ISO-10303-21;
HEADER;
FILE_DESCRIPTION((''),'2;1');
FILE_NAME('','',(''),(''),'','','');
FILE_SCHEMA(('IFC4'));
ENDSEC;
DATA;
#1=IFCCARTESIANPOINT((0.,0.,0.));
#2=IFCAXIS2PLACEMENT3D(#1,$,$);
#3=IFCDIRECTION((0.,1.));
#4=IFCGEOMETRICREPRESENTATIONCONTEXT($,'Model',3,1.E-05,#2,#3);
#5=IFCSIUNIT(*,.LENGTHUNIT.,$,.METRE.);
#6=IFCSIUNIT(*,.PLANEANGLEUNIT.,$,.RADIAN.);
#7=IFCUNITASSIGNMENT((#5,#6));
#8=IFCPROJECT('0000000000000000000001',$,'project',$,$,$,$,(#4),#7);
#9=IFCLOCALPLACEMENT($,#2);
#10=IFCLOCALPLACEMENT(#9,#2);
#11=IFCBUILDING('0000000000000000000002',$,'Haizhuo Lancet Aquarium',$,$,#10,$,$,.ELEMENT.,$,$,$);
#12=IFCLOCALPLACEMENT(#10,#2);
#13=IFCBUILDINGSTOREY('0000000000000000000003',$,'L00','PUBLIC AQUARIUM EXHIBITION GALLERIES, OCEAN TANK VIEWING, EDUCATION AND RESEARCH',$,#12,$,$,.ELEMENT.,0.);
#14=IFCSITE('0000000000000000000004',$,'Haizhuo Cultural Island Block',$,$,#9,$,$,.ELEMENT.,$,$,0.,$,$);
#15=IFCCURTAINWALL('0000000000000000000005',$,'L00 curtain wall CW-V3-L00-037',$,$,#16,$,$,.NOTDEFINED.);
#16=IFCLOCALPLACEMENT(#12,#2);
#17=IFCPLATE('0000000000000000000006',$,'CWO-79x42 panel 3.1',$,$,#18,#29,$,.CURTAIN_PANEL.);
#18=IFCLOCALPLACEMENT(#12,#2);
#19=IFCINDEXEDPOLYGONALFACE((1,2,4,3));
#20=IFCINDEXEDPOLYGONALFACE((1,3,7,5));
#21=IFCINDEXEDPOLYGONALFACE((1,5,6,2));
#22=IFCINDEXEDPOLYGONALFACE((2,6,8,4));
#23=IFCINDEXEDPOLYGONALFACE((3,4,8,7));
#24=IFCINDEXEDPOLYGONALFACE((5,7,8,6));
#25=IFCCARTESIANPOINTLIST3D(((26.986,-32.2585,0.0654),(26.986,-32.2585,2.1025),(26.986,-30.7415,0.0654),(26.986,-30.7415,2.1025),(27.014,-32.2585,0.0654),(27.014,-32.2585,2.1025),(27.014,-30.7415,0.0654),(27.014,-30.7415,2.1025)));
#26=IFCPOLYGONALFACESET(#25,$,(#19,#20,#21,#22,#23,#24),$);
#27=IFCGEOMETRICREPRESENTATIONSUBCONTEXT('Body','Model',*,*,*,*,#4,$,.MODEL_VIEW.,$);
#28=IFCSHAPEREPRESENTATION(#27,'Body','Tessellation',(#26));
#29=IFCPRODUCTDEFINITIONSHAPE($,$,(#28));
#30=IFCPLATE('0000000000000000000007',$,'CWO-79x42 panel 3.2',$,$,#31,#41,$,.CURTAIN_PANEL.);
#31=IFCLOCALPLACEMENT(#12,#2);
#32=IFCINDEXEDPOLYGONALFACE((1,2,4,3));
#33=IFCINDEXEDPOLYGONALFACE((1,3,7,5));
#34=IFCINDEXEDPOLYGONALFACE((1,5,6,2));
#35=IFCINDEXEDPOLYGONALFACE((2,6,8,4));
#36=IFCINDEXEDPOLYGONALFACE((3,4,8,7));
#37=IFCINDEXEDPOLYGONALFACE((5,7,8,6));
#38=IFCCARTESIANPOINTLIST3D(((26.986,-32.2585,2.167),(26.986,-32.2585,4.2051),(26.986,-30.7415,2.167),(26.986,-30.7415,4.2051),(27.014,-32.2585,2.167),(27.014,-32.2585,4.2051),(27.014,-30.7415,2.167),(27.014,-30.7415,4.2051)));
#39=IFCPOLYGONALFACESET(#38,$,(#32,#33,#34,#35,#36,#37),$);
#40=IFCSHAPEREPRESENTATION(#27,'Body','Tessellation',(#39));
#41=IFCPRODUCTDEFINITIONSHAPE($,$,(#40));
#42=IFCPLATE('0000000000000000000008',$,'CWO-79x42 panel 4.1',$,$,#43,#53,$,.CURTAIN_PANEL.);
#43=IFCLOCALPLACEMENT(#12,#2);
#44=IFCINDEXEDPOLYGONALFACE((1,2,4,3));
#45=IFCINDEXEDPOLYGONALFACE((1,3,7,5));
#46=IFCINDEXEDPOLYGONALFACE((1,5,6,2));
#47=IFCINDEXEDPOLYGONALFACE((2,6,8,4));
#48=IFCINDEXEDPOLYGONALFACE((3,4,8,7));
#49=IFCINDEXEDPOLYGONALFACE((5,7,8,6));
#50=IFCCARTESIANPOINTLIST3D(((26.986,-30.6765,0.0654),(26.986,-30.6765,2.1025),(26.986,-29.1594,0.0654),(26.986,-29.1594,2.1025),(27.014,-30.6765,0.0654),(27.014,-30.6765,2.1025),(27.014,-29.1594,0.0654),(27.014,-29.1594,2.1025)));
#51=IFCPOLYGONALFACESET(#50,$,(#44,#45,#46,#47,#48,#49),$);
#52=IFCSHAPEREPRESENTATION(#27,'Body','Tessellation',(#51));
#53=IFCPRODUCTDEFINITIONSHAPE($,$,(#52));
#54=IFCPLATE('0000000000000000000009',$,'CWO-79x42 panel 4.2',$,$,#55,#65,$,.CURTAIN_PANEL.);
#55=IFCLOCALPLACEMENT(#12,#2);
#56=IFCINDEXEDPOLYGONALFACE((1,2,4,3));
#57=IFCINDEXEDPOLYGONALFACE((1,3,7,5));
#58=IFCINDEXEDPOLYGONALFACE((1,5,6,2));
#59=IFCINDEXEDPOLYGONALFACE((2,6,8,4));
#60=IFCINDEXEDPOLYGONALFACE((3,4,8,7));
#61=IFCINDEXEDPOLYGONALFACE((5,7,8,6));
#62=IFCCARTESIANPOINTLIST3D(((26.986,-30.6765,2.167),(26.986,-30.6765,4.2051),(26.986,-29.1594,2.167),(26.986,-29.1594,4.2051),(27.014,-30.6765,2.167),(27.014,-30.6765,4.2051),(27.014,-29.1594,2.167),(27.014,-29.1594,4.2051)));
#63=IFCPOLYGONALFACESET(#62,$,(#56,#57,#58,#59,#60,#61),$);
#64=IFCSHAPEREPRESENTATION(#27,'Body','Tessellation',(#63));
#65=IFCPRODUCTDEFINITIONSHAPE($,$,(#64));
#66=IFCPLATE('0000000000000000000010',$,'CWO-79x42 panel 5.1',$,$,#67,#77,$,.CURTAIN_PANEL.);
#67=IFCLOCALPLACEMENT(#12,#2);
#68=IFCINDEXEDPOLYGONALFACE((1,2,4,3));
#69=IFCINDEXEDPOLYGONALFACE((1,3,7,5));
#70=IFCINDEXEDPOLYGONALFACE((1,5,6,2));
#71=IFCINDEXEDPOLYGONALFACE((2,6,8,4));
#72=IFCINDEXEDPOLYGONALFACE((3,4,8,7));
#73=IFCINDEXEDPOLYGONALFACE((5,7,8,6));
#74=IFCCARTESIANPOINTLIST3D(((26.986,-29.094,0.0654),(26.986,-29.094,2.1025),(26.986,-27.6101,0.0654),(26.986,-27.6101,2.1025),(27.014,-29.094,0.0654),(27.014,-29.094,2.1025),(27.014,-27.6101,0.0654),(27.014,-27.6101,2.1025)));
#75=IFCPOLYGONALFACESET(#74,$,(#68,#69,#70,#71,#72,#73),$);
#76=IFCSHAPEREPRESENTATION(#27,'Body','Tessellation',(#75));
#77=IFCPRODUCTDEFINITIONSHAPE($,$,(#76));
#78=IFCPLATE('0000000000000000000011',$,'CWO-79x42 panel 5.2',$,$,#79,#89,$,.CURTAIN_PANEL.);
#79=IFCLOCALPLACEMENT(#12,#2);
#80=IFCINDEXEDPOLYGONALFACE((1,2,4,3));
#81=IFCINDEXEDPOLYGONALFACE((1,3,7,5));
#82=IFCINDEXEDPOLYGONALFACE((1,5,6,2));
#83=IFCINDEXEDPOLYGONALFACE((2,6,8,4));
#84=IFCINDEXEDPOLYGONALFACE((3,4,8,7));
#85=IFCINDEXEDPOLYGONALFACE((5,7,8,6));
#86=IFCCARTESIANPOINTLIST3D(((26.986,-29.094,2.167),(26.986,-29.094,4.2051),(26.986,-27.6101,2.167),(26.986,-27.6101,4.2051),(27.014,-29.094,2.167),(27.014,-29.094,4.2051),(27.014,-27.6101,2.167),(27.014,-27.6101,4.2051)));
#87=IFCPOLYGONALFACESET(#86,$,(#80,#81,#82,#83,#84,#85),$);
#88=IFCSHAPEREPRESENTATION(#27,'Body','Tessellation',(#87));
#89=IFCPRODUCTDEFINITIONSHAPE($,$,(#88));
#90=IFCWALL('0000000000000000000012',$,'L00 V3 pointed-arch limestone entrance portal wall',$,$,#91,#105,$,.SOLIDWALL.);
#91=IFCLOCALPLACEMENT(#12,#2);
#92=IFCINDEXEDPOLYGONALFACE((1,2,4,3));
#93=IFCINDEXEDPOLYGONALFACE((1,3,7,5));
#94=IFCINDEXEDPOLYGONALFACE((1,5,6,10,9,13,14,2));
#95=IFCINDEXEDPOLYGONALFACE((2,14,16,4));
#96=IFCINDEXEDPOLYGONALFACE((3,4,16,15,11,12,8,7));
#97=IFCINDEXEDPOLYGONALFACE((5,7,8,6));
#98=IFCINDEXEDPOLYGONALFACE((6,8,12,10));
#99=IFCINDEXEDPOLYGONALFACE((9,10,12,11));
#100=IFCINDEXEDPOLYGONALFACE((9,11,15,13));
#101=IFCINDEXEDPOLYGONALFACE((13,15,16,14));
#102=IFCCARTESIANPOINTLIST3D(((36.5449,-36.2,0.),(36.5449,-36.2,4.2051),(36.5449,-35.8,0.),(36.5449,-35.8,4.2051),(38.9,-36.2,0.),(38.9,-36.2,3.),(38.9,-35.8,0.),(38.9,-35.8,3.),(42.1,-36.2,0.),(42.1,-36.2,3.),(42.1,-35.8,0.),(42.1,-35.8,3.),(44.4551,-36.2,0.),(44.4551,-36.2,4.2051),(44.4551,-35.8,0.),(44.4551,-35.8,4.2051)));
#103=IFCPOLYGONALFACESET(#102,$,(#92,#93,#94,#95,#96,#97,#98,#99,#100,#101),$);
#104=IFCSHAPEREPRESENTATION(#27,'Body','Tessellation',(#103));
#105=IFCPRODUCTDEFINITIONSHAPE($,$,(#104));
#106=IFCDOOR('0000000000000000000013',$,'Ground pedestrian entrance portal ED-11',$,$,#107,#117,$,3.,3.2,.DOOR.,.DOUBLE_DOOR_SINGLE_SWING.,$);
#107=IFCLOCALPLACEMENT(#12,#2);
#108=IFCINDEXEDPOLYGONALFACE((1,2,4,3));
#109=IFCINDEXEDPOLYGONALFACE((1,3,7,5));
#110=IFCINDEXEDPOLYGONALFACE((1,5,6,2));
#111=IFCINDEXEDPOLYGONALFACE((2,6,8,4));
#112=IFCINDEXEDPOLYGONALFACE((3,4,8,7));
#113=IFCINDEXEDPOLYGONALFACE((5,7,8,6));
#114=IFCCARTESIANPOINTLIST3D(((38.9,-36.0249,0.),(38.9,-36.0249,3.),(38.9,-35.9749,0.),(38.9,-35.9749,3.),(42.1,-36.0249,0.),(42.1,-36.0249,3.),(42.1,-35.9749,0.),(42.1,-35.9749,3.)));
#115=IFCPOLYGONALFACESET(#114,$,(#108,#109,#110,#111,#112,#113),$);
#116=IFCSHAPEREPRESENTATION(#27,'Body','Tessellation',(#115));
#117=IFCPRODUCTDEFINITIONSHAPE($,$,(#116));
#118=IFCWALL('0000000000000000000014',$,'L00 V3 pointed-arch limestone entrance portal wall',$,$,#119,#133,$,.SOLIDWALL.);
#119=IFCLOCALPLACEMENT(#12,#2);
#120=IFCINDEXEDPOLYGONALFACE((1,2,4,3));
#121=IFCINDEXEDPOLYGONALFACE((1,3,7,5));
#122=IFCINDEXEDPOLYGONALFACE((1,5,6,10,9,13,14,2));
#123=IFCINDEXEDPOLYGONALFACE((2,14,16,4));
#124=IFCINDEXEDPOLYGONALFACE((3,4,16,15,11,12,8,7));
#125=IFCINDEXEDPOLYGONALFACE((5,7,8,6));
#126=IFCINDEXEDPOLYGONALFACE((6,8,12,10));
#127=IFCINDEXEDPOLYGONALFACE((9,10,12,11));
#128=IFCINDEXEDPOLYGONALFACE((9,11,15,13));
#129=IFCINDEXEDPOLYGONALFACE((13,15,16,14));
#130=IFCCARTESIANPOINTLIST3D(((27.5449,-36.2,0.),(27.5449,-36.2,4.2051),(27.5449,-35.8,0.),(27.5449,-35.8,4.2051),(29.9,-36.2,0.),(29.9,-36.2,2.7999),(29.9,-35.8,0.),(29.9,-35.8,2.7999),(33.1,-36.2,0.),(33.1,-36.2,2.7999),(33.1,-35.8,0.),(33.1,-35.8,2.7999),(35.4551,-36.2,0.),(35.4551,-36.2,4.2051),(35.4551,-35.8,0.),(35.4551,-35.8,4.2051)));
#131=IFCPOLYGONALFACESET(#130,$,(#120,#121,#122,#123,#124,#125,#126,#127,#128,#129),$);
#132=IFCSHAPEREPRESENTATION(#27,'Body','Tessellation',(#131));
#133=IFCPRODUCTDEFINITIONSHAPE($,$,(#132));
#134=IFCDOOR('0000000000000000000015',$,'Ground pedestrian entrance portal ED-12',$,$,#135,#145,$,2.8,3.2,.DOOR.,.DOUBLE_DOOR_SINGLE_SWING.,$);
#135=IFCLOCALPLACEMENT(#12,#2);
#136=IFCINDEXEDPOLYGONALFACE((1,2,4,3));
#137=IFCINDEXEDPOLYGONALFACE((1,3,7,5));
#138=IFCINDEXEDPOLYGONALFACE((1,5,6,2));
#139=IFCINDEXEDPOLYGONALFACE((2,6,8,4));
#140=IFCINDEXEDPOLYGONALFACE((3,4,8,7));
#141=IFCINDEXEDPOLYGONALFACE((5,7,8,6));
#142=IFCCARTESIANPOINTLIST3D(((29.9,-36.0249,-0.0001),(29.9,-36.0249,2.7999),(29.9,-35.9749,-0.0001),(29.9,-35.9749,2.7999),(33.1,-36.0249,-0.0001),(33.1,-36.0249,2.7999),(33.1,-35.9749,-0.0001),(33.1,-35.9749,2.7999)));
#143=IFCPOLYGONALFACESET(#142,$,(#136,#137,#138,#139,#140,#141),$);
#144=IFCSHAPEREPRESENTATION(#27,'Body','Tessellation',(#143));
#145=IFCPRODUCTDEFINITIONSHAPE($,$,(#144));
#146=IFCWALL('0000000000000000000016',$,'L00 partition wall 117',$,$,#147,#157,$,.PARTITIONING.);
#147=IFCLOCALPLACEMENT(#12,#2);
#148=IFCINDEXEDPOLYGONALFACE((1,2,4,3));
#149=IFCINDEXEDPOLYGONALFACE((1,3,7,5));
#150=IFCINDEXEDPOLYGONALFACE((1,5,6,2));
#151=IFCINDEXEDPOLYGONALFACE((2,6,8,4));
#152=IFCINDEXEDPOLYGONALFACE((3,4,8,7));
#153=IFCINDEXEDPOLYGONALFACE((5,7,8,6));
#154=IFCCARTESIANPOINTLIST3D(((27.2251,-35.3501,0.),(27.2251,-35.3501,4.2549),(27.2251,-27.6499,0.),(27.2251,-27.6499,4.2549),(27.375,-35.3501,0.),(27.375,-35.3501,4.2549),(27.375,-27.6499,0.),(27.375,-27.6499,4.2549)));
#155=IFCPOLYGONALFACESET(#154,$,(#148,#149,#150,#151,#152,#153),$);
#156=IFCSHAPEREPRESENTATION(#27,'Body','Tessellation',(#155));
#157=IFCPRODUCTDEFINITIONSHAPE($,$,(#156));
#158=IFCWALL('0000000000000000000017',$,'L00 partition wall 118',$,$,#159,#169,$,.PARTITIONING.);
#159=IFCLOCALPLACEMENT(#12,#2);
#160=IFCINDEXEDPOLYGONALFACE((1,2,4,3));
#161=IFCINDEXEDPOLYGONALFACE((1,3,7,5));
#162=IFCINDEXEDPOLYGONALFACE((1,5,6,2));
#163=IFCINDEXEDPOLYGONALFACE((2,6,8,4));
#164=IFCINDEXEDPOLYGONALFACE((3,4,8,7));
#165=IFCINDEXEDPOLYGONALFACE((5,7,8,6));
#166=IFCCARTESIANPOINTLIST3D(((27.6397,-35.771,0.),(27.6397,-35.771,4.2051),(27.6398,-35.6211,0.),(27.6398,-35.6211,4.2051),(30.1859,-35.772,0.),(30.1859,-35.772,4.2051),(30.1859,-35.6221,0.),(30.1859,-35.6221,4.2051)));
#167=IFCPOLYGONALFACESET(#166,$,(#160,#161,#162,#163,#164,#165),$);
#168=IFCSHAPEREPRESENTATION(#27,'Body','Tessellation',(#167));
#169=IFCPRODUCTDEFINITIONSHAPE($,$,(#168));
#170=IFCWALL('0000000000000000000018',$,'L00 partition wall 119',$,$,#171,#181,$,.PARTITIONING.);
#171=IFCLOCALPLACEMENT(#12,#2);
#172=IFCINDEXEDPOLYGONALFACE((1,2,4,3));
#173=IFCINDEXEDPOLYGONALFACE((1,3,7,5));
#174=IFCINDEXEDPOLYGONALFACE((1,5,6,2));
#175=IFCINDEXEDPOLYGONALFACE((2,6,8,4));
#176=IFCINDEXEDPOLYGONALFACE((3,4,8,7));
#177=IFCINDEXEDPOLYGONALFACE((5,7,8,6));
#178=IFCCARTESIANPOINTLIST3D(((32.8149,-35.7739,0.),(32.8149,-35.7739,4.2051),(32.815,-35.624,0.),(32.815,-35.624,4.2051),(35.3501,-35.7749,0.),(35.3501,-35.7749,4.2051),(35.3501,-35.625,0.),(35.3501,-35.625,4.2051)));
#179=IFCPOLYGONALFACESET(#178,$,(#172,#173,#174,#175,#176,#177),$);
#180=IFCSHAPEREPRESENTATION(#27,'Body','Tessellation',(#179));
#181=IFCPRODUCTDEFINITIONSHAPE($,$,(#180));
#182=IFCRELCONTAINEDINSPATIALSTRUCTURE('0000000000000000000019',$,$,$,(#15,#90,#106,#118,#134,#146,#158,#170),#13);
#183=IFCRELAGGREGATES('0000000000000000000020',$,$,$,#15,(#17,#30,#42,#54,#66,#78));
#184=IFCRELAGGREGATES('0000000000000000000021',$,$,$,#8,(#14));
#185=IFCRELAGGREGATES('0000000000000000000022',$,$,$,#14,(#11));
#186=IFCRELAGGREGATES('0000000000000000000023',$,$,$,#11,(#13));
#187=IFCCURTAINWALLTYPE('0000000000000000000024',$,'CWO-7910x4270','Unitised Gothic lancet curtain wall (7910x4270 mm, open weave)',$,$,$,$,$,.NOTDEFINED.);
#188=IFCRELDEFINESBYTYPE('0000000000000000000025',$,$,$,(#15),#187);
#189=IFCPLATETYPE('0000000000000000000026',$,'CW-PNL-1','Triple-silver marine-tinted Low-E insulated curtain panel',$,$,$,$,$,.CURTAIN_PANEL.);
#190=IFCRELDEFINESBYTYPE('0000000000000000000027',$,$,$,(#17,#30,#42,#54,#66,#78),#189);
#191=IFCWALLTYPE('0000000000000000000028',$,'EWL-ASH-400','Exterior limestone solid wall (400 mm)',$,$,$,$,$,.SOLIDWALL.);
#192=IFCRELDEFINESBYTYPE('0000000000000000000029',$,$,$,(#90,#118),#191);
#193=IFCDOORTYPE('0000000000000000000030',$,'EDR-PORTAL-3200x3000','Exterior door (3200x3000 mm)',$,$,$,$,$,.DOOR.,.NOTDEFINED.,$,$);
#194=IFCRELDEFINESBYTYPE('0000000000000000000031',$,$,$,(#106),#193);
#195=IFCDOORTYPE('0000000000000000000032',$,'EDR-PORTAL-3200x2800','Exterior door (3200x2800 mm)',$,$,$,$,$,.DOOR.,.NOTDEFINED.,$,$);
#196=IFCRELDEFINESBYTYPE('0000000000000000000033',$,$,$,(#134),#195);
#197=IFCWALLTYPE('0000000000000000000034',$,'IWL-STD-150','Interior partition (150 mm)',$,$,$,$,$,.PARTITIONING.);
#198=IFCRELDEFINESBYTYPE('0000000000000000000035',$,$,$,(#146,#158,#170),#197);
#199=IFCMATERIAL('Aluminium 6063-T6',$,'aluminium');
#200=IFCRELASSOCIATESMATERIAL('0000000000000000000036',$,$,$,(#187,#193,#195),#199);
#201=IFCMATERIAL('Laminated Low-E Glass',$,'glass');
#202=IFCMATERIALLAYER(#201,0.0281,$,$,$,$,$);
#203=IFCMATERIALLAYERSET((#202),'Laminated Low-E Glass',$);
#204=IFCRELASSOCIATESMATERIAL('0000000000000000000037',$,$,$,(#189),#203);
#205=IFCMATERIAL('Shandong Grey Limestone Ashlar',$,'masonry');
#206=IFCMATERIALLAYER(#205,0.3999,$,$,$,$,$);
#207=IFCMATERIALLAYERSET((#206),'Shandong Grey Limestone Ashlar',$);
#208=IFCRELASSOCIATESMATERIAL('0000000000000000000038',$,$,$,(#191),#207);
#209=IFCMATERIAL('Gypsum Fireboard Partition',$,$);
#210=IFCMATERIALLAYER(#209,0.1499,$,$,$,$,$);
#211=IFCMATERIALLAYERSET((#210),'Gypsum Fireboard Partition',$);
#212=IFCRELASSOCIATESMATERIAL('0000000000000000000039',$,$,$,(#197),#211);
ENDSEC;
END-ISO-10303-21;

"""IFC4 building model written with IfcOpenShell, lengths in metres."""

from ifc_helpers import new_model, si_unit, direction, frame, frame_2d, origin, origin_2d, place, context, subcontext, project, spatial, rectangle, extrude, material, layer, layer_set, type_object, element, fill, aggregate, save


model = new_model("IFC4")

# Units and contexts
model_context = context("Model", 3, precision=1e-05, world=origin(), true_north=direction((0.0, 1.0)))
body_context = subcontext(model_context, "Body", "Model", "MODEL_VIEW")
ifc_project = project(units=[si_unit("LENGTHUNIT", "METRE"), si_unit("PLANEANGLEUNIT", "RADIAN")], contexts=[model_context])

# Site, building, storey
site_placement = place(None, origin())
site = spatial("IfcSite", under=ifc_project, at=site_placement, Name="Haizhuo Cultural Island Block", CompositionType="ELEMENT", RefElevation=0.0)
building_placement = place(site_placement, origin())
building = spatial("IfcBuilding", under=site, at=building_placement, Name="Haizhuo Lancet Aquarium", CompositionType="ELEMENT")
storey_placement = place(building_placement, origin())
storey = spatial("IfcBuildingStorey", under=building, at=storey_placement, Name="L00", Description="PUBLIC AQUARIUM EXHIBITION GALLERIES, OCEAN TANK VIEWING, EDUCATION AND RESEARCH", CompositionType="ELEMENT", Elevation=0.0)

# Curtain wall
ifc_material_1 = material(Name="Aluminium 6063-T6", Category="aluminium")
curtain_wall_type = type_object("IfcCurtainWallType", Name="CWO-7910x4270", Description="Unitised Gothic lancet curtain wall (7910x4270 mm, open weave)", PredefinedType="NOTDEFINED", material=ifc_material_1)
curtain_wall_placement = place(storey_placement, origin())
curtain_wall = element("IfcCurtainWall", 1, at=curtain_wall_placement, inside=storey, type_object=curtain_wall_type, Name="L00 curtain wall CW-V3-L00-037", PredefinedType="NOTDEFINED")

# Plates
ifc_material_2 = material(Name="Laminated Low-E Glass", Category="glass")
ifc_layer_1 = layer(ifc_material_2, 0.0281)
ifc_layer_set_1 = layer_set([ifc_layer_1], Name="Laminated Low-E Glass")
plate_type = type_object("IfcPlateType", Name="CW-PNL-1", Description="Triple-silver marine-tinted Low-E insulated curtain panel", PredefinedType="CURTAIN_PANEL", material=ifc_layer_set_1)
plate_1_placement = place(storey_placement, frame((27.0, -31.5, 0.0654), z_axis=(0.0, 0.0, 1.0), x_axis=(0.0, 1.0, 0.0)))
plate_1 = element("IfcPlate", 2, at=plate_1_placement, type_object=plate_type, Name="CWO-79x42 panel 3.1", PredefinedType="CURTAIN_PANEL", context=body_context, shape_type="SweptSolid", body=[
    extrude(rectangle(XDim=1.5171, YDim=0.0281, at=origin_2d()), origin(), (0.0, 0.0, 1.0), 2.0371),
])
plate_2_placement = place(storey_placement, frame((27.0, -31.5, 2.167), z_axis=(0.0, 0.0, 1.0), x_axis=(0.0, 1.0, 0.0)))
plate_2 = element("IfcPlate", 3, at=plate_2_placement, type_object=plate_type, Name="CWO-79x42 panel 3.2", PredefinedType="CURTAIN_PANEL", context=body_context, shape_type="SweptSolid", body=[
    extrude(rectangle(XDim=1.5171, YDim=0.0281, at=origin_2d()), origin(), (0.0, 0.0, 1.0), 2.0381),
])
plate_3_placement = place(storey_placement, frame((27.0, -29.918, 0.0654), z_axis=(0.0, 0.0, 1.0), x_axis=(0.0, 1.0, 0.0)))
plate_3 = element("IfcPlate", 4, at=plate_3_placement, type_object=plate_type, Name="CWO-79x42 panel 4.1", PredefinedType="CURTAIN_PANEL", context=body_context, shape_type="SweptSolid", body=[
    extrude(rectangle(XDim=1.5171, YDim=0.0281, at=origin_2d()), origin(), (0.0, 0.0, 1.0), 2.0371),
])
plate_4_placement = place(storey_placement, frame((27.0, -29.918, 2.167), z_axis=(0.0, 0.0, 1.0), x_axis=(0.0, 1.0, 0.0)))
plate_4 = element("IfcPlate", 5, at=plate_4_placement, type_object=plate_type, Name="CWO-79x42 panel 4.2", PredefinedType="CURTAIN_PANEL", context=body_context, shape_type="SweptSolid", body=[
    extrude(rectangle(XDim=1.5171, YDim=0.0281, at=origin_2d()), origin(), (0.0, 0.0, 1.0), 2.0381),
])
plate_5_placement = place(storey_placement, frame((27.0, -28.3521, 0.0654), z_axis=(0.0, 0.0, 1.0), x_axis=(0.0, 1.0, 0.0)))
plate_5 = element("IfcPlate", 6, at=plate_5_placement, type_object=plate_type, Name="CWO-79x42 panel 5.1", PredefinedType="CURTAIN_PANEL", context=body_context, shape_type="SweptSolid", body=[
    extrude(rectangle(XDim=1.4839, YDim=0.0281, at=origin_2d()), origin(), (0.0, 0.0, 1.0), 2.0371),
])
plate_6_placement = place(storey_placement, frame((27.0, -28.3521, 2.167), z_axis=(0.0, 0.0, 1.0), x_axis=(0.0, 1.0, 0.0)))
plate_6 = element("IfcPlate", 7, at=plate_6_placement, type_object=plate_type, Name="CWO-79x42 panel 5.2", PredefinedType="CURTAIN_PANEL", context=body_context, shape_type="SweptSolid", body=[
    extrude(rectangle(XDim=1.4839, YDim=0.0281, at=origin_2d()), origin(), (0.0, 0.0, 1.0), 2.0381),
])
aggregate(curtain_wall, [plate_1, plate_2, plate_3, plate_4, plate_5, plate_6])

# Walls, openings, doors
ifc_material_3 = material(Name="Shandong Grey Limestone Ashlar", Category="masonry")
ifc_layer_2 = layer(ifc_material_3, 0.3999)
ifc_layer_set_2 = layer_set([ifc_layer_2], Name="Shandong Grey Limestone Ashlar")
wall_type_1 = type_object("IfcWallType", Name="EWL-ASH-400", Description="Exterior limestone solid wall (400 mm)", PredefinedType="SOLIDWALL", material=ifc_layer_set_2)
wall_1_placement = place(storey_placement, frame((44.4551, -36.0, 0.0), z_axis=(0.0, 0.0, 1.0), x_axis=(-1.0, 0.0, 0.0)))
wall_1 = element("IfcWall", 8, at=wall_1_placement, inside=storey, type_object=wall_type_1, Name="L00 V3 pointed-arch limestone entrance portal wall", PredefinedType="SOLIDWALL", context=body_context, shape_type="SweptSolid", body=[
    extrude(rectangle(XDim=7.9102, YDim=0.3999, at=frame_2d((3.9551, 0.0))), origin(), (0.0, 0.0, 1.0), 4.2051),
])
opening_1_placement = place(wall_1_placement, frame((2.355, 0.0, 0.0)))
opening_1 = element("IfcOpeningElement", 9, at=opening_1_placement, cuts=wall_1, PredefinedType="OPENING", context=body_context, shape_type="SweptSolid", body=[
    extrude(rectangle(XDim=3.2, YDim=3.0, at=frame_2d((1.6001, 1.5))), frame((0.0, 0.21, 0.0), z_axis=(0.0, -1.0, 0.0), x_axis=(1.0, 0.0, 0.0)), (0.0, 0.0, 1.0), 0.4199),
])
door_type_1 = type_object("IfcDoorType", Name="EDR-PORTAL-3200x3000", Description="Exterior door (3200x3000 mm)", OperationType="NOTDEFINED", PredefinedType="DOOR", material=ifc_material_1)
door_1_placement = place(opening_1_placement, origin())
door_1 = element("IfcDoor", 10, at=door_1_placement, inside=storey, type_object=door_type_1, Name="Ground pedestrian entrance portal ED-11", OperationType="DOUBLE_DOOR_SINGLE_SWING", OverallHeight=3.0, OverallWidth=3.2, PredefinedType="DOOR", context=body_context, shape_type="SweptSolid", body=[
    extrude(rectangle(XDim=3.2, YDim=3.0, at=frame_2d((1.6001, 1.5))), frame((0.0, 0.0249, 0.0), z_axis=(0.0, -1.0, 0.0), x_axis=(1.0, 0.0, 0.0)), (0.0, 0.0, 1.0), 0.05),
])
fill(opening_1, door_1)
wall_2_placement = place(storey_placement, frame((35.4551, -36.0, 0.0), z_axis=(0.0, 0.0, 1.0), x_axis=(-1.0, 0.0, 0.0)))
wall_2 = element("IfcWall", 11, at=wall_2_placement, inside=storey, type_object=wall_type_1, Name="L00 V3 pointed-arch limestone entrance portal wall", PredefinedType="SOLIDWALL", context=body_context, shape_type="SweptSolid", body=[
    extrude(rectangle(XDim=7.9102, YDim=0.3999, at=frame_2d((3.9551, 0.0))), origin(), (0.0, 0.0, 1.0), 4.2051),
])
opening_2_placement = place(wall_2_placement, frame((2.355, 0.0, 0.0)))
opening_2 = element("IfcOpeningElement", 12, at=opening_2_placement, cuts=wall_2, PredefinedType="OPENING", context=body_context, shape_type="SweptSolid", body=[
    extrude(rectangle(XDim=3.2, YDim=2.8, at=frame_2d((1.6001, 1.3999))), frame((0.0, 0.21, 0.0), z_axis=(0.0, -1.0, 0.0), x_axis=(1.0, 0.0, 0.0)), (0.0, 0.0, 1.0), 0.4199),
])
door_type_2 = type_object("IfcDoorType", Name="EDR-PORTAL-3200x2800", Description="Exterior door (3200x2800 mm)", OperationType="NOTDEFINED", PredefinedType="DOOR", material=ifc_material_1)
door_2_placement = place(opening_2_placement, origin())
door_2 = element("IfcDoor", 13, at=door_2_placement, inside=storey, type_object=door_type_2, Name="Ground pedestrian entrance portal ED-12", OperationType="DOUBLE_DOOR_SINGLE_SWING", OverallHeight=2.8, OverallWidth=3.2, PredefinedType="DOOR", context=body_context, shape_type="SweptSolid", body=[
    extrude(rectangle(XDim=3.2, YDim=2.8, at=frame_2d((1.6001, 1.3999))), frame((0.0, 0.0249, 0.0), z_axis=(0.0, -1.0, 0.0), x_axis=(1.0, 0.0, 0.0)), (0.0, 0.0, 1.0), 0.05),
])
fill(opening_2, door_2)

# Walls
ifc_material_4 = material(Name="Gypsum Fireboard Partition")
ifc_layer_3 = layer(ifc_material_4, 0.1499)
ifc_layer_set_3 = layer_set([ifc_layer_3], Name="Gypsum Fireboard Partition")
wall_type_2 = type_object("IfcWallType", Name="IWL-STD-150", Description="Interior partition (150 mm)", PredefinedType="PARTITIONING", material=ifc_layer_set_3)
wall_3_placement = place(storey_placement, frame((27.3, -27.6499, 0.0), z_axis=(0.0, 0.0, 1.0), x_axis=(0.0, -1.0, 0.0)))
element("IfcWall", 14, at=wall_3_placement, inside=storey, type_object=wall_type_2, Name="L00 partition wall 117", PredefinedType="PARTITIONING", context=body_context, shape_type="SweptSolid", body=[
    extrude(rectangle(XDim=7.7002, YDim=0.1499, at=frame_2d((3.8501, 0.0))), origin(), (0.0, 0.0, 1.0), 4.2549),
])
wall_4_placement = place(storey_placement, frame((27.6399, -35.696, 0.0), z_axis=(0.0, 0.0, 1.0), x_axis=(1.0, -0.000384, 0.0)))
element("IfcWall", 15, at=wall_4_placement, inside=storey, type_object=wall_type_2, Name="L00 partition wall 118", PredefinedType="PARTITIONING", context=body_context, shape_type="SweptSolid", body=[
    extrude(rectangle(XDim=2.5461, YDim=0.1499, at=frame_2d((1.2729, 0.0))), origin(), (0.0, 0.0, 1.0), 4.2051),
])
for number, where, z_axis, x_axis, name in (
    (16, (32.8149, -35.699, 0.0), (0.0, 0.0, 1.0), (1.0, -0.000385, 0.0), "L00 partition wall 119"),
):
    element("IfcWall", number, at=place(storey_placement, frame(where, z_axis=z_axis, x_axis=x_axis)), inside=storey, type_object=wall_type_2, Name=name, PredefinedType="PARTITIONING", context=body_context, shape_type="SweptSolid", body=[
        extrude(rectangle(XDim=2.5352, YDim=0.1499, at=frame_2d((1.2676, 0.0))), origin(), (0.0, 0.0, 1.0), 4.2051),
    ])

save(model, "model.ifc")
